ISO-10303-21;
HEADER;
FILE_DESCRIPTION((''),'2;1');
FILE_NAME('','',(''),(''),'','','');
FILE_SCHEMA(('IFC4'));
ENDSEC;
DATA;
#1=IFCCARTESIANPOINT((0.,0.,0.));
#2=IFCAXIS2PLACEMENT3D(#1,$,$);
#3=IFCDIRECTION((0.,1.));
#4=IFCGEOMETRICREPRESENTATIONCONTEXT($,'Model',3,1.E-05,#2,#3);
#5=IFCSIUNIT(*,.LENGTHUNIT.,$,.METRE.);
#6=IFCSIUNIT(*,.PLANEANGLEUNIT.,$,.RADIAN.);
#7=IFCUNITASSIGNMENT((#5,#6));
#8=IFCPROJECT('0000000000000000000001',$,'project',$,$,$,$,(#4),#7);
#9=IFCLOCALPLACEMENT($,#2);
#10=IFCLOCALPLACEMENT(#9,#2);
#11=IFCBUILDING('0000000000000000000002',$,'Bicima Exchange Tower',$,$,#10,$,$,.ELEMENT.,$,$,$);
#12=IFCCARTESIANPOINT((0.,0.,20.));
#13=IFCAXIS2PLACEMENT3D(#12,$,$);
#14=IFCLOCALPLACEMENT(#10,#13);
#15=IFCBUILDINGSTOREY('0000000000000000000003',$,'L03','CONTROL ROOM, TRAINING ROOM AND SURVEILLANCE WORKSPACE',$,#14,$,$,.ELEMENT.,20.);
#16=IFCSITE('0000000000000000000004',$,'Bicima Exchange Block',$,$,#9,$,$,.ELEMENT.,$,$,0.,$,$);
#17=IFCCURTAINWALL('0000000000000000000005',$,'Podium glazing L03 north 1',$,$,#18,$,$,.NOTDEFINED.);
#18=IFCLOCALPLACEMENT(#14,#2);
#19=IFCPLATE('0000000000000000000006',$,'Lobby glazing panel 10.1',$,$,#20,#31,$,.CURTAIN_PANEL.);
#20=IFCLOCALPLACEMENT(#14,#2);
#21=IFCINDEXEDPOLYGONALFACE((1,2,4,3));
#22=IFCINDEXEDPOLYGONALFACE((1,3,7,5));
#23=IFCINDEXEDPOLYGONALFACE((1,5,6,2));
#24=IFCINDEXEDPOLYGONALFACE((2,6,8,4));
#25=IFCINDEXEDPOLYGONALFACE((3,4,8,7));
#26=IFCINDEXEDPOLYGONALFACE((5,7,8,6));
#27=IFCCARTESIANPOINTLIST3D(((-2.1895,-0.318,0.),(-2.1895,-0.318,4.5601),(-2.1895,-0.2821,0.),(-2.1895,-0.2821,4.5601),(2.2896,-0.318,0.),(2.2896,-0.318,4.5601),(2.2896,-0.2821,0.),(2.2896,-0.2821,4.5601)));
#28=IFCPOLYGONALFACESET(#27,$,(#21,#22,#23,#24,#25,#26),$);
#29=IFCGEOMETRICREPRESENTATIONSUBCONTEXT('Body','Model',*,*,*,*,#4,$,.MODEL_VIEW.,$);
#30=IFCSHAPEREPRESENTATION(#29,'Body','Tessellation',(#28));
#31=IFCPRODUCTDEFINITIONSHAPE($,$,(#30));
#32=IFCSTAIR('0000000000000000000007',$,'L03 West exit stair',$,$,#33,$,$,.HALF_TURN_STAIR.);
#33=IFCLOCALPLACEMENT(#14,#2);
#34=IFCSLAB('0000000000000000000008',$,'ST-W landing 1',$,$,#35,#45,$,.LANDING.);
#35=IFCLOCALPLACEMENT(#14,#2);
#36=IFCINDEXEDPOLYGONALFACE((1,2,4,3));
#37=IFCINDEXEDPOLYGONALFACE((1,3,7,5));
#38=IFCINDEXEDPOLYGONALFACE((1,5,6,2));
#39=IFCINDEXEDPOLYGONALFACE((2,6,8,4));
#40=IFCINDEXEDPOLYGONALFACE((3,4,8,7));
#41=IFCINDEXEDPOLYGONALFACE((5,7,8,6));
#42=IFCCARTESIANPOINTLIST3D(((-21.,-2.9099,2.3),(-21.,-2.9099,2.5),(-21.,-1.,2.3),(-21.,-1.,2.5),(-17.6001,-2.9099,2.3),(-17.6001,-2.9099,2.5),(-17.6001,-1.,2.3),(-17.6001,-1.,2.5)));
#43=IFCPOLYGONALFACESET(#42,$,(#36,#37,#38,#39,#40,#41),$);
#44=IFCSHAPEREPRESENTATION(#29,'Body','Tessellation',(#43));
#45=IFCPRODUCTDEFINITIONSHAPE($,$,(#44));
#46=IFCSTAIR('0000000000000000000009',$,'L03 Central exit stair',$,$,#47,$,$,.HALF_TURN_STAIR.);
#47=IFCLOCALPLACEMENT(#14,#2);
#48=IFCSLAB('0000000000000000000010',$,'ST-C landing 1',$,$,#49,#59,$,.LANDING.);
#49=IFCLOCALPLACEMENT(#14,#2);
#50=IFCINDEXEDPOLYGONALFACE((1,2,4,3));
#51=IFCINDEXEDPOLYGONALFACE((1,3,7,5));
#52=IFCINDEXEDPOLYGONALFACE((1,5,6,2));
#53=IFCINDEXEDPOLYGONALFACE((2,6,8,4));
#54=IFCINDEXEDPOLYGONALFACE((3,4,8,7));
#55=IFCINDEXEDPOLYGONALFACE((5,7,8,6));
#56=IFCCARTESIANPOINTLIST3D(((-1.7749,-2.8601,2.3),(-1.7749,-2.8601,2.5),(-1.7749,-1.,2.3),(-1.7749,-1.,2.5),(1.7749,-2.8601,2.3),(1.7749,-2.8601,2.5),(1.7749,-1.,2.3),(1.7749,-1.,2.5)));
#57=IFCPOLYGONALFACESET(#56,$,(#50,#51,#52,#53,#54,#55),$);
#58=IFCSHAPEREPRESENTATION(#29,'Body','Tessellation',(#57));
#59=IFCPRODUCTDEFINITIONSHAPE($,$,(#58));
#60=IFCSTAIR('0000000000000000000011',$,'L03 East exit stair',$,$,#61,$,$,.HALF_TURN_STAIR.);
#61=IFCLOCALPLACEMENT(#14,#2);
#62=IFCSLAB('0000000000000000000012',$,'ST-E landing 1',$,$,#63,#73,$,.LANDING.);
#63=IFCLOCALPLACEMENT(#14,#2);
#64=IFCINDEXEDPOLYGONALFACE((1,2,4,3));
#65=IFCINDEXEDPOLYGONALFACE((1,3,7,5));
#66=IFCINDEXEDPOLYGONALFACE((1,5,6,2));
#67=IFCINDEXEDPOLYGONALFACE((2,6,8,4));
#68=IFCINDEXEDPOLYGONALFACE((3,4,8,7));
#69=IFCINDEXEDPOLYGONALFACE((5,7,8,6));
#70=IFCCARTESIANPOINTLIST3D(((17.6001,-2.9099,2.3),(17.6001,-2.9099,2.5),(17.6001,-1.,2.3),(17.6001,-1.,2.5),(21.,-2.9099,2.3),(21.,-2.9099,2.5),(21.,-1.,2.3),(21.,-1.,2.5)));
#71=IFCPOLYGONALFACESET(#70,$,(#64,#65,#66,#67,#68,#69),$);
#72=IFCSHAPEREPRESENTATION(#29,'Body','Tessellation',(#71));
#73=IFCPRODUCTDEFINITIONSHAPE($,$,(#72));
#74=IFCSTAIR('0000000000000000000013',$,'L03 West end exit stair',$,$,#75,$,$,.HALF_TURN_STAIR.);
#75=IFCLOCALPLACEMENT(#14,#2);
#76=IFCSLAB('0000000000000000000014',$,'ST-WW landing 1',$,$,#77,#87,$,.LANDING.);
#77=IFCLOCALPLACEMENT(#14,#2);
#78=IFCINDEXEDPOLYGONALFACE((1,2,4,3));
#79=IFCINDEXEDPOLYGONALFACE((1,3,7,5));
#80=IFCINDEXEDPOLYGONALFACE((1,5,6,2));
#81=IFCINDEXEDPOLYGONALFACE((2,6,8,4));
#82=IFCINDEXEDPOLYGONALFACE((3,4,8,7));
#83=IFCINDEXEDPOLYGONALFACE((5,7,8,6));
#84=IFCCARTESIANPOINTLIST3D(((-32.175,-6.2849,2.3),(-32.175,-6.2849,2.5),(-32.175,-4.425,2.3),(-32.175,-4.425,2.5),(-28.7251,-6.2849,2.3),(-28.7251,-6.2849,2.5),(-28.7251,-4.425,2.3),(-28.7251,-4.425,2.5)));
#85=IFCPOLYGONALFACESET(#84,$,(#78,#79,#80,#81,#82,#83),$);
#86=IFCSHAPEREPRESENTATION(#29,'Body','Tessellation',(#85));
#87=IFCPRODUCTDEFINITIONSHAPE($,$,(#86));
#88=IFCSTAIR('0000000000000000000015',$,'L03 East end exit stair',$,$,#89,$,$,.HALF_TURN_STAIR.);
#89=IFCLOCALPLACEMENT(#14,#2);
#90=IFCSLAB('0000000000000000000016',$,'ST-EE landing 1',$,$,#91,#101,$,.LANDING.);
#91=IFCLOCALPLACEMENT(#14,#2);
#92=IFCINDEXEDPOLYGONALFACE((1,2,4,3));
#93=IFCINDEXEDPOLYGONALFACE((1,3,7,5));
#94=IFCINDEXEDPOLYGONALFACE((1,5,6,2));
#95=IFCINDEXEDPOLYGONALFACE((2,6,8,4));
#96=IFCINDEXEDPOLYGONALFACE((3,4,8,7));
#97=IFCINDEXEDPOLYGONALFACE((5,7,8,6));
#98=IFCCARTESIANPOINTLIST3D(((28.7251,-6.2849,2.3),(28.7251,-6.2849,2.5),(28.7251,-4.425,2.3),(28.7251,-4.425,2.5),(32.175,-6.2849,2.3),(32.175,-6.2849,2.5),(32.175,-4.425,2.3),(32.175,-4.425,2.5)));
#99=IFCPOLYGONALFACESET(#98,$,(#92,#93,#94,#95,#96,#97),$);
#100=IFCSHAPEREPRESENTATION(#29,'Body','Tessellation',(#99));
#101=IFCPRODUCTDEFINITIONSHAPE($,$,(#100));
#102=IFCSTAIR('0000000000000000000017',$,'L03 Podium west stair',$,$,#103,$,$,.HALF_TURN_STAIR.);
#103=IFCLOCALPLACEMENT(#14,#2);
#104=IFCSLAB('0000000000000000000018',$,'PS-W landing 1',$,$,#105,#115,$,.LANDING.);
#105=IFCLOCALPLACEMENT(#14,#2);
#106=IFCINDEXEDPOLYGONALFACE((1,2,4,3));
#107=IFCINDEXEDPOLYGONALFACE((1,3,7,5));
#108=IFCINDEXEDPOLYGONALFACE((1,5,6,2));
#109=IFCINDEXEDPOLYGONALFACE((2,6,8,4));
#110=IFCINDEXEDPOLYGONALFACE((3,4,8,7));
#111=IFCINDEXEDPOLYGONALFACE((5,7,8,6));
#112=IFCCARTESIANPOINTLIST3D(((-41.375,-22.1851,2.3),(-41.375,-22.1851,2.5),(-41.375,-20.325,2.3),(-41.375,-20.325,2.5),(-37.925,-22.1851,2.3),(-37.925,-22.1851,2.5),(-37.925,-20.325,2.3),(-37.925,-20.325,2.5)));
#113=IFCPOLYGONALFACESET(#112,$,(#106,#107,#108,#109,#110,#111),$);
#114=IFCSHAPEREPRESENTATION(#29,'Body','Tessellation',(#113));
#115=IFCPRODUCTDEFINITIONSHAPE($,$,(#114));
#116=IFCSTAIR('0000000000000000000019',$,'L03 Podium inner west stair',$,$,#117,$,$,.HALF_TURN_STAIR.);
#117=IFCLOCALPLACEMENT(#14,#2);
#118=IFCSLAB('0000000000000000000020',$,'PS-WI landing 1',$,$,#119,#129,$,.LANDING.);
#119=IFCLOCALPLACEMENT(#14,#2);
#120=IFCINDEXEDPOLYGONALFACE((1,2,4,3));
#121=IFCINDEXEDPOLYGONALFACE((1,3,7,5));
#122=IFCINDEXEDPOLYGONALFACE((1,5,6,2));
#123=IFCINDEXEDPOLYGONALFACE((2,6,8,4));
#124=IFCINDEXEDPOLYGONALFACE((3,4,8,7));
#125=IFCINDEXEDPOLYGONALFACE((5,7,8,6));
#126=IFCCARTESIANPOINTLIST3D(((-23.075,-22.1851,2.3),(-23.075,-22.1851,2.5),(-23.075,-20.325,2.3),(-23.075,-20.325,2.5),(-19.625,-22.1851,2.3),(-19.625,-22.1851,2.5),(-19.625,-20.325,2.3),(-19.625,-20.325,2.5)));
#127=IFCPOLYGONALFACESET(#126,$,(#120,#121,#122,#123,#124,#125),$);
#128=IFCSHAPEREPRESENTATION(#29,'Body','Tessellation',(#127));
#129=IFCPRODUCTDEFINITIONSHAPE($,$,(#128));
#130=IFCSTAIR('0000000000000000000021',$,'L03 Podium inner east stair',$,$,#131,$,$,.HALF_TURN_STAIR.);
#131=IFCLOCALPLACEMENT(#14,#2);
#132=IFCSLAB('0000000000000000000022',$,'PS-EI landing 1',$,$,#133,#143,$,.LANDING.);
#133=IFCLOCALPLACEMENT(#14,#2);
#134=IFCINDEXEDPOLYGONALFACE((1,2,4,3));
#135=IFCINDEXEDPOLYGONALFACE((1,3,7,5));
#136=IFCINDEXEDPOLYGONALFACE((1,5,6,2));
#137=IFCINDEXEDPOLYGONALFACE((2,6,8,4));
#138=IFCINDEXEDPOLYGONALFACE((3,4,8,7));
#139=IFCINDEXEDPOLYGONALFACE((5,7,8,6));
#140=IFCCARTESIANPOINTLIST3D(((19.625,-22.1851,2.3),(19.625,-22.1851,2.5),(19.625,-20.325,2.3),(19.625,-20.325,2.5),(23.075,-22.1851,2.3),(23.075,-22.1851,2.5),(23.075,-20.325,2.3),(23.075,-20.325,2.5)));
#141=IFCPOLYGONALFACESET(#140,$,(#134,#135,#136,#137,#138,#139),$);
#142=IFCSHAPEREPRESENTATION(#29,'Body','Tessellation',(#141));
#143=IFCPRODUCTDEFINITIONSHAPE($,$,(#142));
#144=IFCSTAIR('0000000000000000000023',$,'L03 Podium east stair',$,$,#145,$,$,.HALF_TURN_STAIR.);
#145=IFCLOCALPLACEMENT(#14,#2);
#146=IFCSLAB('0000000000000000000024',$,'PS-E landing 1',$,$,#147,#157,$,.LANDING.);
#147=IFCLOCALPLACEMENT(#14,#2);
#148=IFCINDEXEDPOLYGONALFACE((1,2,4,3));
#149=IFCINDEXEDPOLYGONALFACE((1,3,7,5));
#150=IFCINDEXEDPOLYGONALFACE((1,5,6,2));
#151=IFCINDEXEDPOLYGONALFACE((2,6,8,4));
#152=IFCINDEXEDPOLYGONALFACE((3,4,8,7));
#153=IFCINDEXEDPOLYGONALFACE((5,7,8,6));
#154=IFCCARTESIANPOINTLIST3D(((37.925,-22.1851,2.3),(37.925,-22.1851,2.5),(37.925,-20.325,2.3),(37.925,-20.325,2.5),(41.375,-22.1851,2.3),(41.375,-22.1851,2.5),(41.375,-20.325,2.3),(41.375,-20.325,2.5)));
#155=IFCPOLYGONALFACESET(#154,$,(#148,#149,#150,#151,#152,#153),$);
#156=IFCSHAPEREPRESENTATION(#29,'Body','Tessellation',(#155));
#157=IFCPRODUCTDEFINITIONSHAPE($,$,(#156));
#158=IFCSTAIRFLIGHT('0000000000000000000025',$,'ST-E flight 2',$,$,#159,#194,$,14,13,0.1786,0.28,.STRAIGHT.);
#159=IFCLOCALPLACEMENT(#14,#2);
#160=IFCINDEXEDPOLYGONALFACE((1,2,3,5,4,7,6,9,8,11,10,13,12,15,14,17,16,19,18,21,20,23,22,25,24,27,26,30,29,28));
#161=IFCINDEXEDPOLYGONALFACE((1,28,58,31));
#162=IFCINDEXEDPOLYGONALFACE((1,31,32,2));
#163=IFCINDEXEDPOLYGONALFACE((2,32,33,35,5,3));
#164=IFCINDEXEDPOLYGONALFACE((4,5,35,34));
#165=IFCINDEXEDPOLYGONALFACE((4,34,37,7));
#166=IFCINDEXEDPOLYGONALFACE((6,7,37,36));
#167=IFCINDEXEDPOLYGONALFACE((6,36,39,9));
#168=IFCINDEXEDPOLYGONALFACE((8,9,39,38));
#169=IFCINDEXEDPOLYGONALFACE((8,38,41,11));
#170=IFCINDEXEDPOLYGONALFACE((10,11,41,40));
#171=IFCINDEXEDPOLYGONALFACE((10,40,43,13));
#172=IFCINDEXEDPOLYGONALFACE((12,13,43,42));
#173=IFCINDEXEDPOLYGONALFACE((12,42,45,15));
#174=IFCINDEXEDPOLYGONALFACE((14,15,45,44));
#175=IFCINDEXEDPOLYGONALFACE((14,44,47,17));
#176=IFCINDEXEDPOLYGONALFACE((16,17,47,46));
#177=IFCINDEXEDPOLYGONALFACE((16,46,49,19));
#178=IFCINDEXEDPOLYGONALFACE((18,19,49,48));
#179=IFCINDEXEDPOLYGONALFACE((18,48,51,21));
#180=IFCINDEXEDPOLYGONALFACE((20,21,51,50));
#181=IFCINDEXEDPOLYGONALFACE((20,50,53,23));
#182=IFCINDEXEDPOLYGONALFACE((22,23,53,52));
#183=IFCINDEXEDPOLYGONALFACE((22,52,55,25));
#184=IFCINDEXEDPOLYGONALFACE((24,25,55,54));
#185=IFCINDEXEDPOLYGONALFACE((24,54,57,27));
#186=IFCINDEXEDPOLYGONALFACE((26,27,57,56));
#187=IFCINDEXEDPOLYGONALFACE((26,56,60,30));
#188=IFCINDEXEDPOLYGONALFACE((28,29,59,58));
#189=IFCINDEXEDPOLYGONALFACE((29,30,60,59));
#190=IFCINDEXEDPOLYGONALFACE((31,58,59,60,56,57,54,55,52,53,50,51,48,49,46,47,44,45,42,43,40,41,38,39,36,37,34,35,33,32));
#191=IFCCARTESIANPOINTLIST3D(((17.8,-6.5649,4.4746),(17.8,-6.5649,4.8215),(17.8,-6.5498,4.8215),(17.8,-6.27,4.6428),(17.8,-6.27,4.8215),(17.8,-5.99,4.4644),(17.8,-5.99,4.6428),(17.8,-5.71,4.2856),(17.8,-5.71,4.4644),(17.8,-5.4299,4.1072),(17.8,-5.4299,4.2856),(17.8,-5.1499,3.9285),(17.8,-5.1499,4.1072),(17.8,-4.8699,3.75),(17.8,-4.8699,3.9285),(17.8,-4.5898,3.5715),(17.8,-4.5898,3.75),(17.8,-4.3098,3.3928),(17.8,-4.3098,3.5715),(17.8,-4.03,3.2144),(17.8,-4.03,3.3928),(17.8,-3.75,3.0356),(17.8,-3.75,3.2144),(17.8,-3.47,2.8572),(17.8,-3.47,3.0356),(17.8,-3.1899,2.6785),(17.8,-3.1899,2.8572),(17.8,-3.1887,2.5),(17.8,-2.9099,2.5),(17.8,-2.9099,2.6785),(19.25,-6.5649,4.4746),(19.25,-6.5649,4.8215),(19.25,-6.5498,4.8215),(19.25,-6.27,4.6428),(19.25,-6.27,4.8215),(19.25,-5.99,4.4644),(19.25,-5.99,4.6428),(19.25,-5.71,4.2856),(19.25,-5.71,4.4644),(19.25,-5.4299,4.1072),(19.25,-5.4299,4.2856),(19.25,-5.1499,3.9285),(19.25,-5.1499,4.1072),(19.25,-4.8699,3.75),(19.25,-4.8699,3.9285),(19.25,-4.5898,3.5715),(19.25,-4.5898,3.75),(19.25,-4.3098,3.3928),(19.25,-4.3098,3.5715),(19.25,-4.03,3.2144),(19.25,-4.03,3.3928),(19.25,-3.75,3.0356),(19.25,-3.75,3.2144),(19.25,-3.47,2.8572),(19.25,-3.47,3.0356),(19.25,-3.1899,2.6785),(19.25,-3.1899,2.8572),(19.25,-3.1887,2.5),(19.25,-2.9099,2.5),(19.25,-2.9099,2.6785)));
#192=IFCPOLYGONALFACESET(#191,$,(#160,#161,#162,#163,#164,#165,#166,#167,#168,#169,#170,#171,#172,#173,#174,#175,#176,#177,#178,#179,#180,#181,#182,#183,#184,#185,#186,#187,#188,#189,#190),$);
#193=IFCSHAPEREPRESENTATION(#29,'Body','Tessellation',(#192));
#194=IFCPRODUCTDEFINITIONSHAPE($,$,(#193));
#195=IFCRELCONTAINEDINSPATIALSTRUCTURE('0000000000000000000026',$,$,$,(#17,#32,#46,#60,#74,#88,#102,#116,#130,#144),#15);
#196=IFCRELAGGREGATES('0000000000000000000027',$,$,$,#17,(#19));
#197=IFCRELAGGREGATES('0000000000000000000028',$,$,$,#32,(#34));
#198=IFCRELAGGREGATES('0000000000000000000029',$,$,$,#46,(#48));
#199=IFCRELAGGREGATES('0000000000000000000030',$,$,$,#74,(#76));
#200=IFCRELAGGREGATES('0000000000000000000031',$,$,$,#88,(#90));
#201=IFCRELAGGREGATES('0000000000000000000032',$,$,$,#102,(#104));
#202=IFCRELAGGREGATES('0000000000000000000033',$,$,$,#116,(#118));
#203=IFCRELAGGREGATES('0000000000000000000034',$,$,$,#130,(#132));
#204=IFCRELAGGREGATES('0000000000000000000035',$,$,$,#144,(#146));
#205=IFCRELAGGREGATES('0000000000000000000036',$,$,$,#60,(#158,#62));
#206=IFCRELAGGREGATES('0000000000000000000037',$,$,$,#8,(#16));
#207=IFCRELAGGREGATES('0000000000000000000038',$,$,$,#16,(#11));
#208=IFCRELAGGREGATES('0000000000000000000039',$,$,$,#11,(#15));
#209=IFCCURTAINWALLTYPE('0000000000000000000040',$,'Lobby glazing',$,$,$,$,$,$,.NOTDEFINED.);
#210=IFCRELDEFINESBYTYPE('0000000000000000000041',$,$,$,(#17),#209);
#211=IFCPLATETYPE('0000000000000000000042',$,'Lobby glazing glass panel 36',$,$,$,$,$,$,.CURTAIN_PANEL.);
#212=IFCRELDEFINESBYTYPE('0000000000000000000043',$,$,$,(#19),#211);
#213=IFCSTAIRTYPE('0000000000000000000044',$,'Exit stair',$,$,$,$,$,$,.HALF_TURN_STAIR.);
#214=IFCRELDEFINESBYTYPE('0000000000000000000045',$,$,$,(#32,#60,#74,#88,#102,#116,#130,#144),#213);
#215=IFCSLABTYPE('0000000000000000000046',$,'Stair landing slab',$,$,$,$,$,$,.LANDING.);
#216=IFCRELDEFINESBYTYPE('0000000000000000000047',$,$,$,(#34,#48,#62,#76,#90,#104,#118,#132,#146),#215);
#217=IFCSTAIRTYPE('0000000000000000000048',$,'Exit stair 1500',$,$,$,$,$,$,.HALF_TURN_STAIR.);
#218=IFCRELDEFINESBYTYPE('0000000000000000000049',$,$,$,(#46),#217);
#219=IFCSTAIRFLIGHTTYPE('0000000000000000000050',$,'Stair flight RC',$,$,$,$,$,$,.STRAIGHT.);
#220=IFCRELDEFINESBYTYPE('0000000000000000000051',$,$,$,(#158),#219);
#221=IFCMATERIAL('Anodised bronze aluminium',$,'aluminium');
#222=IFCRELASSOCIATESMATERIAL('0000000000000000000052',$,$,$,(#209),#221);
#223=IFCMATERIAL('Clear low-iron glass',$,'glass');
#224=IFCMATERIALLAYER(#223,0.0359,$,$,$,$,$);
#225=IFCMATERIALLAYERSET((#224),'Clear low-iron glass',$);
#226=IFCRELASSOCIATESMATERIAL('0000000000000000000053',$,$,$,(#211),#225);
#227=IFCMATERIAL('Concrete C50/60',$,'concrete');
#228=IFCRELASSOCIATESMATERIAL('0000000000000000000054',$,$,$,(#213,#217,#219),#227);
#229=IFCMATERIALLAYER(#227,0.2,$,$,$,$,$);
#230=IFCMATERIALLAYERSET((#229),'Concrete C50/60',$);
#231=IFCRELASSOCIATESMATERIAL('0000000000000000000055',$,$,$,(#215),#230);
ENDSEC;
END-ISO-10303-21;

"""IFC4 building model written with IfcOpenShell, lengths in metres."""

from ifc_helpers import new_model, si_unit, direction, frame, origin, origin_2d, place, context, subcontext, project, spatial, polyline, rectangle, outline, extrude, material, layer, layer_set, type_object, element, aggregate, save


model = new_model("IFC4")

# Units and contexts
model_context = context("Model", 3, precision=1e-05, world=origin(), true_north=direction((0.0, 1.0)))
body_context = subcontext(model_context, "Body", "Model", "MODEL_VIEW")
ifc_project = project(units=[si_unit("LENGTHUNIT", "METRE"), si_unit("PLANEANGLEUNIT", "RADIAN")], contexts=[model_context])

# Site, building, storey
site_placement = place(None, origin())
site = spatial("IfcSite", under=ifc_project, at=site_placement, Name="Bicima Exchange Block", CompositionType="ELEMENT", RefElevation=0.0)
building_placement = place(site_placement, origin())
building = spatial("IfcBuilding", under=site, at=building_placement, Name="Bicima Exchange Tower", CompositionType="ELEMENT")
storey_placement = place(building_placement, frame((0.0, 0.0, 20.0)))
storey = spatial("IfcBuildingStorey", under=building, at=storey_placement, Name="L03", Description="CONTROL ROOM, TRAINING ROOM AND SURVEILLANCE WORKSPACE", CompositionType="ELEMENT", Elevation=20.0)

# Curtain wall, plate
ifc_material_1 = material(Name="Anodised bronze aluminium", Category="aluminium")
curtain_wall_type = type_object("IfcCurtainWallType", Name="Lobby glazing", PredefinedType="NOTDEFINED", material=ifc_material_1)
curtain_wall_placement = place(storey_placement, origin())
curtain_wall = element("IfcCurtainWall", 1, at=curtain_wall_placement, inside=storey, type_object=curtain_wall_type, Name="Podium glazing L03 north 1", PredefinedType="NOTDEFINED")
ifc_material_2 = material(Name="Clear low-iron glass", Category="glass")
ifc_layer_1 = layer(ifc_material_2, 0.0359)
ifc_layer_set_1 = layer_set([ifc_layer_1], Name="Clear low-iron glass")
plate_type = type_object("IfcPlateType", Name="Lobby glazing glass panel 36", PredefinedType="CURTAIN_PANEL", material=ifc_layer_set_1)
plate_1_placement = place(storey_placement, frame((0.05, -0.3, 0.0), z_axis=(0.0, 0.0, 1.0), x_axis=(-1.0, 0.0, 0.0)))
plate_1 = element("IfcPlate", 2, at=plate_1_placement, type_object=plate_type, Name="Lobby glazing panel 10.1", PredefinedType="CURTAIN_PANEL", context=body_context, shape_type="SweptSolid", body=[
    extrude(rectangle(XDim=4.479, YDim=0.0359, at=origin_2d()), origin(), (0.0, 0.0, 1.0), 4.5601),
])
aggregate(curtain_wall, [plate_1])

# Stairs, slabs
ifc_material_3 = material(Name="Concrete C50/60", Category="concrete")
stair_type_1 = type_object("IfcStairType", Name="Exit stair", PredefinedType="HALF_TURN_STAIR", material=ifc_material_3)
stair_1_placement = place(storey_placement, origin())
stair_1 = element("IfcStair", 3, at=stair_1_placement, inside=storey, type_object=stair_type_1, Name="L03 West exit stair", PredefinedType="HALF_TURN_STAIR")
ifc_layer_2 = layer(ifc_material_3, 0.2)
ifc_layer_set_2 = layer_set([ifc_layer_2], Name="Concrete C50/60")
slab_type = type_object("IfcSlabType", Name="Stair landing slab", PredefinedType="LANDING", material=ifc_layer_set_2)
slab_1_placement = place(storey_placement, frame((0.0, 0.0, 2.3)))
slab_1 = element("IfcSlab", 4, at=slab_1_placement, type_object=slab_type, Name="ST-W landing 1", PredefinedType="LANDING", context=body_context, shape_type="SweptSolid", body=[
    extrude(outline(polyline([(-17.6001, -2.9099), (-17.6001, -1.0), (-21.0, -1.0), (-21.0, -2.9099), (-17.6001, -2.9099)])), origin(), (0.0, 0.0, 1.0), 0.2),
])
aggregate(stair_1, [slab_1])
stair_type_2 = type_object("IfcStairType", Name="Exit stair 1500", PredefinedType="HALF_TURN_STAIR", material=ifc_material_3)
stair_2_placement = place(storey_placement, origin())
stair_2 = element("IfcStair", 5, at=stair_2_placement, inside=storey, type_object=stair_type_2, Name="L03 Central exit stair", PredefinedType="HALF_TURN_STAIR")
slab_2_placement = place(storey_placement, frame((0.0, 0.0, 2.3)))
slab_2 = element("IfcSlab", 6, at=slab_2_placement, type_object=slab_type, Name="ST-C landing 1", PredefinedType="LANDING", context=body_context, shape_type="SweptSolid", body=[
    extrude(outline(polyline([(1.7749, -2.8601), (1.7749, -1.0), (-1.7749, -1.0), (-1.7749, -2.8601), (1.7749, -2.8601)])), origin(), (0.0, 0.0, 1.0), 0.2),
])
aggregate(stair_2, [slab_2])
stair_3_placement = place(storey_placement, origin())
stair_3 = element("IfcStair", 7, at=stair_3_placement, inside=storey, type_object=stair_type_1, Name="L03 East exit stair", PredefinedType="HALF_TURN_STAIR")
slab_3_placement = place(storey_placement, frame((0.0, 0.0, 2.3)))
slab_3 = element("IfcSlab", 8, at=slab_3_placement, type_object=slab_type, Name="ST-E landing 1", PredefinedType="LANDING", context=body_context, shape_type="SweptSolid", body=[
    extrude(outline(polyline([(21.0, -2.9099), (21.0, -1.0), (17.6001, -1.0), (17.6001, -2.9099), (21.0, -2.9099)])), origin(), (0.0, 0.0, 1.0), 0.2),
])
stair_4_placement = place(storey_placement, origin())
stair_4 = element("IfcStair", 9, at=stair_4_placement, inside=storey, type_object=stair_type_1, Name="L03 West end exit stair", PredefinedType="HALF_TURN_STAIR")
slab_4_placement = place(storey_placement, frame((0.0, 0.0, 2.3)))
slab_4 = element("IfcSlab", 10, at=slab_4_placement, type_object=slab_type, Name="ST-WW landing 1", PredefinedType="LANDING", context=body_context, shape_type="SweptSolid", body=[
    extrude(outline(polyline([(-28.7251, -6.2849), (-28.7251, -4.425), (-32.175, -4.425), (-32.175, -6.2849), (-28.7251, -6.2849)])), origin(), (0.0, 0.0, 1.0), 0.2),
])
aggregate(stair_4, [slab_4])
stair_5_placement = place(storey_placement, origin())
stair_5 = element("IfcStair", 11, at=stair_5_placement, inside=storey, type_object=stair_type_1, Name="L03 East end exit stair", PredefinedType="HALF_TURN_STAIR")
slab_5_placement = place(storey_placement, frame((0.0, 0.0, 2.3)))
slab_5 = element("IfcSlab", 12, at=slab_5_placement, type_object=slab_type, Name="ST-EE landing 1", PredefinedType="LANDING", context=body_context, shape_type="SweptSolid", body=[
    extrude(outline(polyline([(32.175, -6.2849), (32.175, -4.425), (28.7251, -4.425), (28.7251, -6.2849), (32.175, -6.2849)])), origin(), (0.0, 0.0, 1.0), 0.2),
])
aggregate(stair_5, [slab_5])
stair_6_placement = place(storey_placement, origin())
stair_6 = element("IfcStair", 13, at=stair_6_placement, inside=storey, type_object=stair_type_1, Name="L03 Podium west stair", PredefinedType="HALF_TURN_STAIR")
slab_6_placement = place(storey_placement, frame((0.0, 0.0, 2.3)))
slab_6 = element("IfcSlab", 14, at=slab_6_placement, type_object=slab_type, Name="PS-W landing 1", PredefinedType="LANDING", context=body_context, shape_type="SweptSolid", body=[
    extrude(outline(polyline([(-37.925, -22.1851), (-37.925, -20.325), (-41.375, -20.325), (-41.375, -22.1851), (-37.925, -22.1851)])), origin(), (0.0, 0.0, 1.0), 0.2),
])
aggregate(stair_6, [slab_6])
stair_7_placement = place(storey_placement, origin())
stair_7 = element("IfcStair", 15, at=stair_7_placement, inside=storey, type_object=stair_type_1, Name="L03 Podium inner west stair", PredefinedType="HALF_TURN_STAIR")
slab_7_placement = place(storey_placement, frame((0.0, 0.0, 2.3)))
slab_7 = element("IfcSlab", 16, at=slab_7_placement, type_object=slab_type, Name="PS-WI landing 1", PredefinedType="LANDING", context=body_context, shape_type="SweptSolid", body=[
    extrude(outline(polyline([(-19.625, -22.1851), (-19.625, -20.325), (-23.075, -20.325), (-23.075, -22.1851), (-19.625, -22.1851)])), origin(), (0.0, 0.0, 1.0), 0.2),
])
aggregate(stair_7, [slab_7])
stair_8_placement = place(storey_placement, origin())
stair_8 = element("IfcStair", 17, at=stair_8_placement, inside=storey, type_object=stair_type_1, Name="L03 Podium inner east stair", PredefinedType="HALF_TURN_STAIR")
slab_8_placement = place(storey_placement, frame((0.0, 0.0, 2.3)))
slab_8 = element("IfcSlab", 18, at=slab_8_placement, type_object=slab_type, Name="PS-EI landing 1", PredefinedType="LANDING", context=body_context, shape_type="SweptSolid", body=[
    extrude(outline(polyline([(23.075, -22.1851), (23.075, -20.325), (19.625, -20.325), (19.625, -22.1851), (23.075, -22.1851)])), origin(), (0.0, 0.0, 1.0), 0.2),
])
aggregate(stair_8, [slab_8])
stair_9_placement = place(storey_placement, origin())
stair_9 = element("IfcStair", 19, at=stair_9_placement, inside=storey, type_object=stair_type_1, Name="L03 Podium east stair", PredefinedType="HALF_TURN_STAIR")
slab_9_placement = place(storey_placement, frame((0.0, 0.0, 2.3)))
slab_9 = element("IfcSlab", 20, at=slab_9_placement, type_object=slab_type, Name="PS-E landing 1", PredefinedType="LANDING", context=body_context, shape_type="SweptSolid", body=[
    extrude(outline(polyline([(41.375, -22.1851), (41.375, -20.325), (37.925, -20.325), (37.925, -22.1851), (41.375, -22.1851)])), origin(), (0.0, 0.0, 1.0), 0.2),
])
aggregate(stair_9, [slab_9])

# Stair flight
stair_flight_type = type_object("IfcStairFlightType", Name="Stair flight RC", PredefinedType="STRAIGHT", material=ifc_material_3)
stair_flight_placement = place(storey_placement, frame((18.5249, -2.9099, 2.5), z_axis=(0.0, 0.0, 1.0), x_axis=(0.0, -1.0, 0.0)))
stair_flight = element("IfcStairFlight", 21, at=stair_flight_placement, type_object=stair_flight_type, Name="ST-E flight 2", NumberOfRisers=14, NumberOfTreads=13, PredefinedType="STRAIGHT", RiserHeight=0.1786, TreadLength=0.28, context=body_context, shape_type="SweptSolid", body=[
    extrude(outline(polyline([(0.0, 0.0), (0.0, 0.1785), (0.28, 0.1785), (0.28, 0.3572), (0.5601, 0.3572), (0.5601, 0.5356), (0.8401, 0.5356), (0.8401, 0.7144), (1.1201, 0.7144), (1.1201, 0.8928), (1.3999, 0.8928), (1.3999, 1.0715), (1.6799, 1.0715), (1.6799, 1.25), (1.96, 1.25), (1.96, 1.4285), (2.24, 1.4285), (2.24, 1.6072), (2.52, 1.6072), (2.52, 1.7856), (2.8, 1.7856), (2.8, 1.9644), (3.0801, 1.9644), (3.0801, 2.1428), (3.3601, 2.1428), (3.3601, 2.3215), (3.6399, 2.3215), (3.655, 2.3215), (3.655, 1.9746), (0.2788, 0.0), (0.0, 0.0)])), frame((0.0, 0.7251, 0.0), z_axis=(0.0, -1.0, 0.0), x_axis=(1.0, 0.0, 0.0)), (0.0, 0.0, 1.0), 1.45),
])
aggregate(stair_3, [stair_flight, slab_3])

save(model, "model.ifc")
